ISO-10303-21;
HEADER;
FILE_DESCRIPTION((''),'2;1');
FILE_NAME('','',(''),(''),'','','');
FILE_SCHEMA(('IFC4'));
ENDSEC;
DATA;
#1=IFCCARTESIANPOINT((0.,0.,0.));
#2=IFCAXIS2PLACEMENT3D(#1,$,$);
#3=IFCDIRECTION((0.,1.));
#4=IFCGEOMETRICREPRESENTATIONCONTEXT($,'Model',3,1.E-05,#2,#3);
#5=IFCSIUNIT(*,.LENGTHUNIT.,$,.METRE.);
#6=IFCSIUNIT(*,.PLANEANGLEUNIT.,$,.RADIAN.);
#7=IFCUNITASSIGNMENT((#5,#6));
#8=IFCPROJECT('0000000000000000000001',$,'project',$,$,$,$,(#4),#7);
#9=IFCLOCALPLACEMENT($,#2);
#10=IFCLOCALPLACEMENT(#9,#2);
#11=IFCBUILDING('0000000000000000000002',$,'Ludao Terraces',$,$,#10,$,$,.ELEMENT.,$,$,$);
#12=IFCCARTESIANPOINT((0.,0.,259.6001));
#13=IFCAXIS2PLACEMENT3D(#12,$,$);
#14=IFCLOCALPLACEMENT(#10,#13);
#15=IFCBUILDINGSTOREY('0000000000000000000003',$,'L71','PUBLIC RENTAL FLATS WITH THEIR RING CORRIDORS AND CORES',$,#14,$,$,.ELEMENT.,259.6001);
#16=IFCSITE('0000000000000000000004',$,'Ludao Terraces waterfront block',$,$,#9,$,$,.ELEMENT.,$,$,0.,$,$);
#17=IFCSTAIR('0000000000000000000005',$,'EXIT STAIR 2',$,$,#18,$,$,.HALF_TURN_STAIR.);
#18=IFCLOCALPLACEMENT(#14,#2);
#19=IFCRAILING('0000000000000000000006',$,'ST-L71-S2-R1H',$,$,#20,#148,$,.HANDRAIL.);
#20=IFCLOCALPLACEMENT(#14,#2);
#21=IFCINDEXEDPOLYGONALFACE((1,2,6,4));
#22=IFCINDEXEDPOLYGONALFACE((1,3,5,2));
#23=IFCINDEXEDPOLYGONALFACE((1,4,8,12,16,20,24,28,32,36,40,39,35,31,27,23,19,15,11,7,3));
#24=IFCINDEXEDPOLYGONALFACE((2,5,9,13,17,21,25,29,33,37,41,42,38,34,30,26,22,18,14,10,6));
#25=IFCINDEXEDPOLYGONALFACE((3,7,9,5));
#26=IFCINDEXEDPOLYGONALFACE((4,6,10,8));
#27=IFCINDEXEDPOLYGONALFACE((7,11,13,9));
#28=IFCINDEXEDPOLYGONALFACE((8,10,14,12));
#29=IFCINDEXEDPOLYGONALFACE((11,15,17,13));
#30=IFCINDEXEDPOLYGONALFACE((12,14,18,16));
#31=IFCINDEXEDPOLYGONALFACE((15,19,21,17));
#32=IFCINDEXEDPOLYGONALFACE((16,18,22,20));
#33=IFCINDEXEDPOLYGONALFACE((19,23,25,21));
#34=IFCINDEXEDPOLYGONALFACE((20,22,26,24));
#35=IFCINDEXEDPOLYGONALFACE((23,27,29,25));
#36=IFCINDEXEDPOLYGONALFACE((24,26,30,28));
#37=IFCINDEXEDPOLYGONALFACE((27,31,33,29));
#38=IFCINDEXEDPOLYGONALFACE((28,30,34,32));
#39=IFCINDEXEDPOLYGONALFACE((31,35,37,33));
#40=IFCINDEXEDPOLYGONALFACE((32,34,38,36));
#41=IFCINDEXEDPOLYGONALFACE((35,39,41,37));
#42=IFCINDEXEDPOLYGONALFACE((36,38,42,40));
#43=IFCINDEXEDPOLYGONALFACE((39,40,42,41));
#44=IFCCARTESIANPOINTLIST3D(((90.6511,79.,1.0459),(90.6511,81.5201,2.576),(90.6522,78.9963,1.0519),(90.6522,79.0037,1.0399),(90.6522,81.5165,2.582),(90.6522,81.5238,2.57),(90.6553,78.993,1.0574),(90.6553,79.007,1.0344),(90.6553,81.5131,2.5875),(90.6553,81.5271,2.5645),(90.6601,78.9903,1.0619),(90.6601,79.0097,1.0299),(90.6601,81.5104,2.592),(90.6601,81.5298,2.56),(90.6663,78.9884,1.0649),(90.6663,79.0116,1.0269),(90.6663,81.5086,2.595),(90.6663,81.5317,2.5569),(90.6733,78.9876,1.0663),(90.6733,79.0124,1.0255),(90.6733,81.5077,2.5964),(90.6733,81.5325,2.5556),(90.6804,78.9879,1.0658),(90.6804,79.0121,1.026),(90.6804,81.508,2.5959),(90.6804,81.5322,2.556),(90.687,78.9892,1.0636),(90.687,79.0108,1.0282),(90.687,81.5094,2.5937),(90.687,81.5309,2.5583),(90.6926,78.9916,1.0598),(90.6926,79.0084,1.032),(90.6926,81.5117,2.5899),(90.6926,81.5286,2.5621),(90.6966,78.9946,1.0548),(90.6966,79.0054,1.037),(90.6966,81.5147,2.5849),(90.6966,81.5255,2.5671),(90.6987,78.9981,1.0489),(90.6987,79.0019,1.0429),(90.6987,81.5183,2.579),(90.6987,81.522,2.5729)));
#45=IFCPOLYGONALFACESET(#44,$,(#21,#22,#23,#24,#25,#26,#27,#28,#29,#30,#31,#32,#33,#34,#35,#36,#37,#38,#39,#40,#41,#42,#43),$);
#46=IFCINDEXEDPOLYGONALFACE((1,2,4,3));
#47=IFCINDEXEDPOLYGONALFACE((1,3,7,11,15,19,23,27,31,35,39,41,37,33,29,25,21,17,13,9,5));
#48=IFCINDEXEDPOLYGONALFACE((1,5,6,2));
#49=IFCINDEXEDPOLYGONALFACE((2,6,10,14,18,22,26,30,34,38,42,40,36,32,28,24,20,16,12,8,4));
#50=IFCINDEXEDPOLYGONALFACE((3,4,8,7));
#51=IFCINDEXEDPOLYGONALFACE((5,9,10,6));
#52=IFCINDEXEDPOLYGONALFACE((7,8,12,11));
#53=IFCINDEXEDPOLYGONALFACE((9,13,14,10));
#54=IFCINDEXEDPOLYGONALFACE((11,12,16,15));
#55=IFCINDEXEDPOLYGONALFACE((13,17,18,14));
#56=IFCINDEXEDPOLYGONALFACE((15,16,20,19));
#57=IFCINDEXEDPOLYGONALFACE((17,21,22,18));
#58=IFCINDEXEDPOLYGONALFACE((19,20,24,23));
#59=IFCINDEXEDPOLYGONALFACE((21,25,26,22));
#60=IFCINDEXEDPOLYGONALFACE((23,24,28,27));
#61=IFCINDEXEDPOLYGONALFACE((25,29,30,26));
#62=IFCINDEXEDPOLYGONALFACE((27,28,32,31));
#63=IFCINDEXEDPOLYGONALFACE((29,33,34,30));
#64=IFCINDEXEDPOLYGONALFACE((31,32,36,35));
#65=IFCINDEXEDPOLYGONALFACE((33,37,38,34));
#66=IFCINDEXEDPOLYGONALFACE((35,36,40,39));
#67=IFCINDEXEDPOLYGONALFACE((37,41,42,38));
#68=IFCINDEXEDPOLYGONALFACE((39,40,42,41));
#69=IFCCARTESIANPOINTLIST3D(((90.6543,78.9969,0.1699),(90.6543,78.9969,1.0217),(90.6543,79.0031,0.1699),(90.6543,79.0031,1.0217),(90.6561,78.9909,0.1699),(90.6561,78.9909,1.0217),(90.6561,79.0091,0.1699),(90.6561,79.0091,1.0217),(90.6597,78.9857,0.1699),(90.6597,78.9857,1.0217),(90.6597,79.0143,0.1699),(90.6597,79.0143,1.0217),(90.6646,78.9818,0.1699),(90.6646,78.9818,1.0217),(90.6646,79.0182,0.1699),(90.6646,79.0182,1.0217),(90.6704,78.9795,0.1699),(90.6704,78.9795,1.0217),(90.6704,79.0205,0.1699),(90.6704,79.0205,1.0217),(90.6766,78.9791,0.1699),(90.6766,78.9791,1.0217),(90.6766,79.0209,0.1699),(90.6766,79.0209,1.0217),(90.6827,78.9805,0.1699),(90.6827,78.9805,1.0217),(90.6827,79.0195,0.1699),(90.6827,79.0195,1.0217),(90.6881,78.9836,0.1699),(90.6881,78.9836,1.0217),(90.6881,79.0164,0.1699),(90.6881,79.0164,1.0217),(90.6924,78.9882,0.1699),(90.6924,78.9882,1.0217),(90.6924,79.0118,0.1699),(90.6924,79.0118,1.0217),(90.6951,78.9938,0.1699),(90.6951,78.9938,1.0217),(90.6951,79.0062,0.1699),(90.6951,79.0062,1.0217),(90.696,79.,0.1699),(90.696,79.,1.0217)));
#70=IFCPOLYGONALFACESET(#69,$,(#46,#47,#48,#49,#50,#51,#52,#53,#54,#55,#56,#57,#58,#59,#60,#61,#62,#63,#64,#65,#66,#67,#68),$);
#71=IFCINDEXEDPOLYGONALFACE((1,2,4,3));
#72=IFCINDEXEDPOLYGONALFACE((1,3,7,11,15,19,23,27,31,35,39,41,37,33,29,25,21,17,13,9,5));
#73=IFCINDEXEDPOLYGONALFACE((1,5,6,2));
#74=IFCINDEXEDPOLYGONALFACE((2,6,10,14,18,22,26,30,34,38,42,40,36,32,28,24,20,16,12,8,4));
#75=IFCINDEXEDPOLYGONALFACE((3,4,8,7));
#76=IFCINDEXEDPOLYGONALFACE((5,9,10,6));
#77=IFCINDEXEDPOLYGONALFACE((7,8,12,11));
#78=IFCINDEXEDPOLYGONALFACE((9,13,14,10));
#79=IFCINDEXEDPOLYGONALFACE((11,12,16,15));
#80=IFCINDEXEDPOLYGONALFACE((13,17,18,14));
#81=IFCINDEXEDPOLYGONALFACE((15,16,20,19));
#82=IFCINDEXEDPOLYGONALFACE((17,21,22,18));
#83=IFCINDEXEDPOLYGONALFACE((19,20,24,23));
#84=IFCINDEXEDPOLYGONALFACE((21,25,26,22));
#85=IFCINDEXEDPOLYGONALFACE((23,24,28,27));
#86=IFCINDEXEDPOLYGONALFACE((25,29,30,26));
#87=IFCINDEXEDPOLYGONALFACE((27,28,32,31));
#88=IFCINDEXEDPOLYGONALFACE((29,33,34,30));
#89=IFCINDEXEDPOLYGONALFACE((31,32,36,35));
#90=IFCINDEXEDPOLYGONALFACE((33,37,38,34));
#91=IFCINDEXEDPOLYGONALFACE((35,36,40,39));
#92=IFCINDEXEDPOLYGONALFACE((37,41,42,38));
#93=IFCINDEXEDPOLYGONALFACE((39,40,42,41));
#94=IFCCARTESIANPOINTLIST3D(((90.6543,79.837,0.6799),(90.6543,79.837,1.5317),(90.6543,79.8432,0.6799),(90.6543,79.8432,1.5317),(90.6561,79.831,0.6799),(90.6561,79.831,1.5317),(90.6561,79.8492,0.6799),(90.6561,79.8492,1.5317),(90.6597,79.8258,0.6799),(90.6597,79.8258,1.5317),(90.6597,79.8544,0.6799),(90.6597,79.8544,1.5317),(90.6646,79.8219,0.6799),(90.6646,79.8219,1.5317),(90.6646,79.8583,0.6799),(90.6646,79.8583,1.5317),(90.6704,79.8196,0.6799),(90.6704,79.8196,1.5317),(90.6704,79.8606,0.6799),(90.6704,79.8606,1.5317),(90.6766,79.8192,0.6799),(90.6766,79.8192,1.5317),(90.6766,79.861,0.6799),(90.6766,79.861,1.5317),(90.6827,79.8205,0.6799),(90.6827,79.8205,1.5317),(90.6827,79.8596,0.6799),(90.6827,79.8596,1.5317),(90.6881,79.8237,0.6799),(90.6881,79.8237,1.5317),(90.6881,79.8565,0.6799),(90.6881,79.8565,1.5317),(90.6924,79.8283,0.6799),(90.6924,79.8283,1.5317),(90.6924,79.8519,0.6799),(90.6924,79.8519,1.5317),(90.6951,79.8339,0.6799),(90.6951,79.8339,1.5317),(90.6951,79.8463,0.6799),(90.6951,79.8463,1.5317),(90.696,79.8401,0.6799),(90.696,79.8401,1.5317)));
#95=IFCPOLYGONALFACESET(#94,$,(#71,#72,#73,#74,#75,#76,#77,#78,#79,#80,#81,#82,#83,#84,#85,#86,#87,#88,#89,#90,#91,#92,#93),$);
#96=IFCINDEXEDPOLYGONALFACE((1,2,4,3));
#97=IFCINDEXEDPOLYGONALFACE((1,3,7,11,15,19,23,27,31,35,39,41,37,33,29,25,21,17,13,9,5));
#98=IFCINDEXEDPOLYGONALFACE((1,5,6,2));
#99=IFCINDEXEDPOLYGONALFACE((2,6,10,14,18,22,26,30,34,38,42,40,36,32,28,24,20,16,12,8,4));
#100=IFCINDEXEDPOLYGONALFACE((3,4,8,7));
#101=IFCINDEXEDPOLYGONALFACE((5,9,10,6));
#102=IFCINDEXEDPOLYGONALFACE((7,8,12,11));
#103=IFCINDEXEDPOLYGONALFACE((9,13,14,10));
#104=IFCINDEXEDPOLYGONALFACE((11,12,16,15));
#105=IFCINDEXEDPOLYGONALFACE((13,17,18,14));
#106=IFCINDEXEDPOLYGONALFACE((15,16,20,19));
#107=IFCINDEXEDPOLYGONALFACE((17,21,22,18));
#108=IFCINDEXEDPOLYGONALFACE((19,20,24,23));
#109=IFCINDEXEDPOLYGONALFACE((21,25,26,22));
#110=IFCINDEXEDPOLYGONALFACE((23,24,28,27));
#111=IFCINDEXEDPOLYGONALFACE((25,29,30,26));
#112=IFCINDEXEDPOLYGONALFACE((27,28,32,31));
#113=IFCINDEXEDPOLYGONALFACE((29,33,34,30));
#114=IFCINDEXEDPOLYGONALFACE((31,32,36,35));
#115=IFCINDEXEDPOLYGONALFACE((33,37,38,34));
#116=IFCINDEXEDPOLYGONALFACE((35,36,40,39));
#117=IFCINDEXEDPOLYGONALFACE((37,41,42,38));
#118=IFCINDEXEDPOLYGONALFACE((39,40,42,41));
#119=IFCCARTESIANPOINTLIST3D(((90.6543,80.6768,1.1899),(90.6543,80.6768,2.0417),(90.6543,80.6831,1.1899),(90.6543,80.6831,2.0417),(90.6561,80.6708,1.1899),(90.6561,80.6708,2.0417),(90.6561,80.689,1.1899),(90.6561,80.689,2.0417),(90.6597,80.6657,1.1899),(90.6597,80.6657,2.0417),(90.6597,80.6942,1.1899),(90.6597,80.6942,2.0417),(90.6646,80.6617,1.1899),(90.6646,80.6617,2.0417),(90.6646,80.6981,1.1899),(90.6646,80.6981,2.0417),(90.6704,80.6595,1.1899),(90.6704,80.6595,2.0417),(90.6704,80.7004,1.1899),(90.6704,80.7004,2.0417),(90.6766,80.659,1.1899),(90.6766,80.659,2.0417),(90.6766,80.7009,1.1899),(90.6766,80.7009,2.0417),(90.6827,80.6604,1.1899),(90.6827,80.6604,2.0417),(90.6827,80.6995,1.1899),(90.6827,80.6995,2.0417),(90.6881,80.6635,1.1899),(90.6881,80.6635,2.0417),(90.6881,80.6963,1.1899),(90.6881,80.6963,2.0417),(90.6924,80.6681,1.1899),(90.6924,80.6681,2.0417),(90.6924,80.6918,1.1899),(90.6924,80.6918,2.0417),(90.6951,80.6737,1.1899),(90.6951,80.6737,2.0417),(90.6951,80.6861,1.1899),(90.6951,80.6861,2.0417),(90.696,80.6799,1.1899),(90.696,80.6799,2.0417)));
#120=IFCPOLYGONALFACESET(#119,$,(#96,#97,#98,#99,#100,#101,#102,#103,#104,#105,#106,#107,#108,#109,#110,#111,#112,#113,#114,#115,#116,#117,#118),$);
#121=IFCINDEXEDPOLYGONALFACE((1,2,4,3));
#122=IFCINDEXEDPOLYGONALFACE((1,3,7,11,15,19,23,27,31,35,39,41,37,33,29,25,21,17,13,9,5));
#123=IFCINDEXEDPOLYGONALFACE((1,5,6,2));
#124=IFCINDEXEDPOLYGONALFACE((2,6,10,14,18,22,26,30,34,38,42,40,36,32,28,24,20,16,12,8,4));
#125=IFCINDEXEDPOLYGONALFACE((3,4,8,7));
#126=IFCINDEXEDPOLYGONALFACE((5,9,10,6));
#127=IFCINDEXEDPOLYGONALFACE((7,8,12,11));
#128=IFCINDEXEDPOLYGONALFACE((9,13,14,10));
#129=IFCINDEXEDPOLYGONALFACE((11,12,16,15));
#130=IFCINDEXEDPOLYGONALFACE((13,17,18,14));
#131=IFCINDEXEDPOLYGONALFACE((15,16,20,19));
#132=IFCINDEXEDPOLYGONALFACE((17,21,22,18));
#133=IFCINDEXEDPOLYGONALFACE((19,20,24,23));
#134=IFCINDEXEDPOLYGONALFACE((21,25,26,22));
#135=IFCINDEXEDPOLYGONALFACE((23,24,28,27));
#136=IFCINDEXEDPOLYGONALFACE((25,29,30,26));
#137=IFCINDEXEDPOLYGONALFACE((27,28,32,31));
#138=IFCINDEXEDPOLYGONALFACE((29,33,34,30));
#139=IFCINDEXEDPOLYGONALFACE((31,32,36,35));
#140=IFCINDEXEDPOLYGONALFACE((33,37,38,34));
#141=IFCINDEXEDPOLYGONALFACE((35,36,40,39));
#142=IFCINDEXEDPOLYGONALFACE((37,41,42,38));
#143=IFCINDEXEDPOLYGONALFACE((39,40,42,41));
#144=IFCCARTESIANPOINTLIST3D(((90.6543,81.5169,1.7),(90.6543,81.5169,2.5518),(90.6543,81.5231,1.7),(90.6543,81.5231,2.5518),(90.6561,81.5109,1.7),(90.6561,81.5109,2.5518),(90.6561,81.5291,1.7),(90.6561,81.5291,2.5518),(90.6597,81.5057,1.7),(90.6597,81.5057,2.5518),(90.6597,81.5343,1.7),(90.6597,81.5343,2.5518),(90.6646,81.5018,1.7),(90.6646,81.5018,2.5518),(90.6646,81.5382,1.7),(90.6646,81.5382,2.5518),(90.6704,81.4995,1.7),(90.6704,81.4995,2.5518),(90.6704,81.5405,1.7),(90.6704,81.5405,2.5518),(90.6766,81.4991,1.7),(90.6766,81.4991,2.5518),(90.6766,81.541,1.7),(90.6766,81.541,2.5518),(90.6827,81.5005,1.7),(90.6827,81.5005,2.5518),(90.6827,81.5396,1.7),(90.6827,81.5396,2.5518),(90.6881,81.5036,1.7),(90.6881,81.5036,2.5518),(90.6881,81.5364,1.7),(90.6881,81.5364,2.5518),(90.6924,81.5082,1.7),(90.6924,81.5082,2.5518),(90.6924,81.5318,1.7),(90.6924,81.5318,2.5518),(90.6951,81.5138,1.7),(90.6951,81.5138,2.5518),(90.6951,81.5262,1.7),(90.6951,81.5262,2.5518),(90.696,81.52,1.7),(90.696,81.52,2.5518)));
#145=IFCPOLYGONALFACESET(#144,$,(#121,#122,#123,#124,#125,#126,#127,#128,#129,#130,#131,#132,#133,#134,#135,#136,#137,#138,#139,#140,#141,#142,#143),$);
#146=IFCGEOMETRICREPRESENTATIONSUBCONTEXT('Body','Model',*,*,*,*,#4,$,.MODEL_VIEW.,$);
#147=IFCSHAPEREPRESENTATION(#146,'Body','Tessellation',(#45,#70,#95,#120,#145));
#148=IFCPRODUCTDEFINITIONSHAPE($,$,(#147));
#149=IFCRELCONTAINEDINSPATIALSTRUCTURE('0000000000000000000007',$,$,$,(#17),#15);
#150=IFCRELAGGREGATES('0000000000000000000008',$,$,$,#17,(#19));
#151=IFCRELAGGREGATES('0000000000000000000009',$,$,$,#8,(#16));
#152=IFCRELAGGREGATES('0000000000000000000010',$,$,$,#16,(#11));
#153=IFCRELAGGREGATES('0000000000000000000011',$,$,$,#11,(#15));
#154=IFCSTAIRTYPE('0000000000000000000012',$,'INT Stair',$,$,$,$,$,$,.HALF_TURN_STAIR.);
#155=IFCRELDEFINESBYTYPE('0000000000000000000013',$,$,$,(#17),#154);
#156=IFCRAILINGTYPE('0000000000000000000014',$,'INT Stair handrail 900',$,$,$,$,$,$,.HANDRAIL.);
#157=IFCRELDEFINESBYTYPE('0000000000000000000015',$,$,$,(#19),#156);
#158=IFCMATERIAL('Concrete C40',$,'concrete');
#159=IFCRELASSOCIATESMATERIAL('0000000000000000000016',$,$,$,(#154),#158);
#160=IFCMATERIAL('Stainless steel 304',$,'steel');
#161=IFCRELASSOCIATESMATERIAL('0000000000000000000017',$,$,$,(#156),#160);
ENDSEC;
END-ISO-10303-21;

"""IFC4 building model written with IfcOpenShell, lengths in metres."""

from ifc_helpers import new_model, si_unit, direction, frame, origin, origin_2d, place, context, subcontext, project, spatial, circle, extrude, material, type_object, element, aggregate, save


model = new_model("IFC4")

# Units and contexts
model_context = context("Model", 3, precision=1e-05, world=origin(), true_north=direction((0.0, 1.0)))
body_context = subcontext(model_context, "Body", "Model", "MODEL_VIEW")
ifc_project = project(units=[si_unit("LENGTHUNIT", "METRE"), si_unit("PLANEANGLEUNIT", "RADIAN")], contexts=[model_context])

# Site, building, storey
site_placement = place(None, origin())
site = spatial("IfcSite", under=ifc_project, at=site_placement, Name="Ludao Terraces waterfront block", CompositionType="ELEMENT", RefElevation=0.0)
building_placement = place(site_placement, origin())
building = spatial("IfcBuilding", under=site, at=building_placement, Name="Ludao Terraces", CompositionType="ELEMENT")
storey_placement = place(building_placement, frame((0.0, 0.0, 259.6001)))
storey = spatial("IfcBuildingStorey", under=building, at=storey_placement, Name="L71", Description="PUBLIC RENTAL FLATS WITH THEIR RING CORRIDORS AND CORES", CompositionType="ELEMENT", Elevation=259.6001)

# Shared definitions
ifc_material_1 = material(Name="Concrete C40", Category="concrete")

# Shared definitions
ifc_material_2 = material(Name="Stainless steel 304", Category="steel")

# Stair, railing
stair_type = type_object("IfcStairType", Name="INT Stair", PredefinedType="HALF_TURN_STAIR", material=ifc_material_1)
stair_placement = place(storey_placement, origin())
stair = element("IfcStair", 1, at=stair_placement, inside=storey, type_object=stair_type, Name="EXIT STAIR 2", PredefinedType="HALF_TURN_STAIR")
railing_type_1 = type_object("IfcRailingType", Name="INT Stair handrail 900", PredefinedType="HANDRAIL", material=ifc_material_2)
railing_1_placement = place(storey_placement, frame((90.675, 79.0, 0.1699)))
railing_1 = element("IfcRailing", 2, at=railing_1_placement, type_object=railing_type_1, Name="ST-L71-S2-R1H", PredefinedType="HANDRAIL", context=body_context, shape_type="SweptSolid", body=[
    extrude(circle(Radius=0.0239, at=origin_2d()), frame((0.0, 0.0, 0.876), z_axis=(0.0, 0.854785, 0.518982), x_axis=(-1.0, 0.0, 0.0)), (0.0, 0.0, 1.0), 2.9482),
    extrude(circle(Radius=0.021, at=origin_2d()), origin(), (0.0, 0.0, 1.0), 0.8518),
    extrude(circle(Radius=0.021, at=origin_2d()), frame((0.0, 0.8401, 0.51)), (0.0, 0.0, 1.0), 0.8518),
    extrude(circle(Radius=0.021, at=origin_2d()), frame((0.0, 1.6799, 1.02)), (0.0, 0.0, 1.0), 0.8518),
    extrude(circle(Radius=0.021, at=origin_2d()), frame((0.0, 2.52, 1.53)), (0.0, 0.0, 1.0), 0.8518),
])
aggregate(stair, [railing_1])

save(model, "model.ifc")
